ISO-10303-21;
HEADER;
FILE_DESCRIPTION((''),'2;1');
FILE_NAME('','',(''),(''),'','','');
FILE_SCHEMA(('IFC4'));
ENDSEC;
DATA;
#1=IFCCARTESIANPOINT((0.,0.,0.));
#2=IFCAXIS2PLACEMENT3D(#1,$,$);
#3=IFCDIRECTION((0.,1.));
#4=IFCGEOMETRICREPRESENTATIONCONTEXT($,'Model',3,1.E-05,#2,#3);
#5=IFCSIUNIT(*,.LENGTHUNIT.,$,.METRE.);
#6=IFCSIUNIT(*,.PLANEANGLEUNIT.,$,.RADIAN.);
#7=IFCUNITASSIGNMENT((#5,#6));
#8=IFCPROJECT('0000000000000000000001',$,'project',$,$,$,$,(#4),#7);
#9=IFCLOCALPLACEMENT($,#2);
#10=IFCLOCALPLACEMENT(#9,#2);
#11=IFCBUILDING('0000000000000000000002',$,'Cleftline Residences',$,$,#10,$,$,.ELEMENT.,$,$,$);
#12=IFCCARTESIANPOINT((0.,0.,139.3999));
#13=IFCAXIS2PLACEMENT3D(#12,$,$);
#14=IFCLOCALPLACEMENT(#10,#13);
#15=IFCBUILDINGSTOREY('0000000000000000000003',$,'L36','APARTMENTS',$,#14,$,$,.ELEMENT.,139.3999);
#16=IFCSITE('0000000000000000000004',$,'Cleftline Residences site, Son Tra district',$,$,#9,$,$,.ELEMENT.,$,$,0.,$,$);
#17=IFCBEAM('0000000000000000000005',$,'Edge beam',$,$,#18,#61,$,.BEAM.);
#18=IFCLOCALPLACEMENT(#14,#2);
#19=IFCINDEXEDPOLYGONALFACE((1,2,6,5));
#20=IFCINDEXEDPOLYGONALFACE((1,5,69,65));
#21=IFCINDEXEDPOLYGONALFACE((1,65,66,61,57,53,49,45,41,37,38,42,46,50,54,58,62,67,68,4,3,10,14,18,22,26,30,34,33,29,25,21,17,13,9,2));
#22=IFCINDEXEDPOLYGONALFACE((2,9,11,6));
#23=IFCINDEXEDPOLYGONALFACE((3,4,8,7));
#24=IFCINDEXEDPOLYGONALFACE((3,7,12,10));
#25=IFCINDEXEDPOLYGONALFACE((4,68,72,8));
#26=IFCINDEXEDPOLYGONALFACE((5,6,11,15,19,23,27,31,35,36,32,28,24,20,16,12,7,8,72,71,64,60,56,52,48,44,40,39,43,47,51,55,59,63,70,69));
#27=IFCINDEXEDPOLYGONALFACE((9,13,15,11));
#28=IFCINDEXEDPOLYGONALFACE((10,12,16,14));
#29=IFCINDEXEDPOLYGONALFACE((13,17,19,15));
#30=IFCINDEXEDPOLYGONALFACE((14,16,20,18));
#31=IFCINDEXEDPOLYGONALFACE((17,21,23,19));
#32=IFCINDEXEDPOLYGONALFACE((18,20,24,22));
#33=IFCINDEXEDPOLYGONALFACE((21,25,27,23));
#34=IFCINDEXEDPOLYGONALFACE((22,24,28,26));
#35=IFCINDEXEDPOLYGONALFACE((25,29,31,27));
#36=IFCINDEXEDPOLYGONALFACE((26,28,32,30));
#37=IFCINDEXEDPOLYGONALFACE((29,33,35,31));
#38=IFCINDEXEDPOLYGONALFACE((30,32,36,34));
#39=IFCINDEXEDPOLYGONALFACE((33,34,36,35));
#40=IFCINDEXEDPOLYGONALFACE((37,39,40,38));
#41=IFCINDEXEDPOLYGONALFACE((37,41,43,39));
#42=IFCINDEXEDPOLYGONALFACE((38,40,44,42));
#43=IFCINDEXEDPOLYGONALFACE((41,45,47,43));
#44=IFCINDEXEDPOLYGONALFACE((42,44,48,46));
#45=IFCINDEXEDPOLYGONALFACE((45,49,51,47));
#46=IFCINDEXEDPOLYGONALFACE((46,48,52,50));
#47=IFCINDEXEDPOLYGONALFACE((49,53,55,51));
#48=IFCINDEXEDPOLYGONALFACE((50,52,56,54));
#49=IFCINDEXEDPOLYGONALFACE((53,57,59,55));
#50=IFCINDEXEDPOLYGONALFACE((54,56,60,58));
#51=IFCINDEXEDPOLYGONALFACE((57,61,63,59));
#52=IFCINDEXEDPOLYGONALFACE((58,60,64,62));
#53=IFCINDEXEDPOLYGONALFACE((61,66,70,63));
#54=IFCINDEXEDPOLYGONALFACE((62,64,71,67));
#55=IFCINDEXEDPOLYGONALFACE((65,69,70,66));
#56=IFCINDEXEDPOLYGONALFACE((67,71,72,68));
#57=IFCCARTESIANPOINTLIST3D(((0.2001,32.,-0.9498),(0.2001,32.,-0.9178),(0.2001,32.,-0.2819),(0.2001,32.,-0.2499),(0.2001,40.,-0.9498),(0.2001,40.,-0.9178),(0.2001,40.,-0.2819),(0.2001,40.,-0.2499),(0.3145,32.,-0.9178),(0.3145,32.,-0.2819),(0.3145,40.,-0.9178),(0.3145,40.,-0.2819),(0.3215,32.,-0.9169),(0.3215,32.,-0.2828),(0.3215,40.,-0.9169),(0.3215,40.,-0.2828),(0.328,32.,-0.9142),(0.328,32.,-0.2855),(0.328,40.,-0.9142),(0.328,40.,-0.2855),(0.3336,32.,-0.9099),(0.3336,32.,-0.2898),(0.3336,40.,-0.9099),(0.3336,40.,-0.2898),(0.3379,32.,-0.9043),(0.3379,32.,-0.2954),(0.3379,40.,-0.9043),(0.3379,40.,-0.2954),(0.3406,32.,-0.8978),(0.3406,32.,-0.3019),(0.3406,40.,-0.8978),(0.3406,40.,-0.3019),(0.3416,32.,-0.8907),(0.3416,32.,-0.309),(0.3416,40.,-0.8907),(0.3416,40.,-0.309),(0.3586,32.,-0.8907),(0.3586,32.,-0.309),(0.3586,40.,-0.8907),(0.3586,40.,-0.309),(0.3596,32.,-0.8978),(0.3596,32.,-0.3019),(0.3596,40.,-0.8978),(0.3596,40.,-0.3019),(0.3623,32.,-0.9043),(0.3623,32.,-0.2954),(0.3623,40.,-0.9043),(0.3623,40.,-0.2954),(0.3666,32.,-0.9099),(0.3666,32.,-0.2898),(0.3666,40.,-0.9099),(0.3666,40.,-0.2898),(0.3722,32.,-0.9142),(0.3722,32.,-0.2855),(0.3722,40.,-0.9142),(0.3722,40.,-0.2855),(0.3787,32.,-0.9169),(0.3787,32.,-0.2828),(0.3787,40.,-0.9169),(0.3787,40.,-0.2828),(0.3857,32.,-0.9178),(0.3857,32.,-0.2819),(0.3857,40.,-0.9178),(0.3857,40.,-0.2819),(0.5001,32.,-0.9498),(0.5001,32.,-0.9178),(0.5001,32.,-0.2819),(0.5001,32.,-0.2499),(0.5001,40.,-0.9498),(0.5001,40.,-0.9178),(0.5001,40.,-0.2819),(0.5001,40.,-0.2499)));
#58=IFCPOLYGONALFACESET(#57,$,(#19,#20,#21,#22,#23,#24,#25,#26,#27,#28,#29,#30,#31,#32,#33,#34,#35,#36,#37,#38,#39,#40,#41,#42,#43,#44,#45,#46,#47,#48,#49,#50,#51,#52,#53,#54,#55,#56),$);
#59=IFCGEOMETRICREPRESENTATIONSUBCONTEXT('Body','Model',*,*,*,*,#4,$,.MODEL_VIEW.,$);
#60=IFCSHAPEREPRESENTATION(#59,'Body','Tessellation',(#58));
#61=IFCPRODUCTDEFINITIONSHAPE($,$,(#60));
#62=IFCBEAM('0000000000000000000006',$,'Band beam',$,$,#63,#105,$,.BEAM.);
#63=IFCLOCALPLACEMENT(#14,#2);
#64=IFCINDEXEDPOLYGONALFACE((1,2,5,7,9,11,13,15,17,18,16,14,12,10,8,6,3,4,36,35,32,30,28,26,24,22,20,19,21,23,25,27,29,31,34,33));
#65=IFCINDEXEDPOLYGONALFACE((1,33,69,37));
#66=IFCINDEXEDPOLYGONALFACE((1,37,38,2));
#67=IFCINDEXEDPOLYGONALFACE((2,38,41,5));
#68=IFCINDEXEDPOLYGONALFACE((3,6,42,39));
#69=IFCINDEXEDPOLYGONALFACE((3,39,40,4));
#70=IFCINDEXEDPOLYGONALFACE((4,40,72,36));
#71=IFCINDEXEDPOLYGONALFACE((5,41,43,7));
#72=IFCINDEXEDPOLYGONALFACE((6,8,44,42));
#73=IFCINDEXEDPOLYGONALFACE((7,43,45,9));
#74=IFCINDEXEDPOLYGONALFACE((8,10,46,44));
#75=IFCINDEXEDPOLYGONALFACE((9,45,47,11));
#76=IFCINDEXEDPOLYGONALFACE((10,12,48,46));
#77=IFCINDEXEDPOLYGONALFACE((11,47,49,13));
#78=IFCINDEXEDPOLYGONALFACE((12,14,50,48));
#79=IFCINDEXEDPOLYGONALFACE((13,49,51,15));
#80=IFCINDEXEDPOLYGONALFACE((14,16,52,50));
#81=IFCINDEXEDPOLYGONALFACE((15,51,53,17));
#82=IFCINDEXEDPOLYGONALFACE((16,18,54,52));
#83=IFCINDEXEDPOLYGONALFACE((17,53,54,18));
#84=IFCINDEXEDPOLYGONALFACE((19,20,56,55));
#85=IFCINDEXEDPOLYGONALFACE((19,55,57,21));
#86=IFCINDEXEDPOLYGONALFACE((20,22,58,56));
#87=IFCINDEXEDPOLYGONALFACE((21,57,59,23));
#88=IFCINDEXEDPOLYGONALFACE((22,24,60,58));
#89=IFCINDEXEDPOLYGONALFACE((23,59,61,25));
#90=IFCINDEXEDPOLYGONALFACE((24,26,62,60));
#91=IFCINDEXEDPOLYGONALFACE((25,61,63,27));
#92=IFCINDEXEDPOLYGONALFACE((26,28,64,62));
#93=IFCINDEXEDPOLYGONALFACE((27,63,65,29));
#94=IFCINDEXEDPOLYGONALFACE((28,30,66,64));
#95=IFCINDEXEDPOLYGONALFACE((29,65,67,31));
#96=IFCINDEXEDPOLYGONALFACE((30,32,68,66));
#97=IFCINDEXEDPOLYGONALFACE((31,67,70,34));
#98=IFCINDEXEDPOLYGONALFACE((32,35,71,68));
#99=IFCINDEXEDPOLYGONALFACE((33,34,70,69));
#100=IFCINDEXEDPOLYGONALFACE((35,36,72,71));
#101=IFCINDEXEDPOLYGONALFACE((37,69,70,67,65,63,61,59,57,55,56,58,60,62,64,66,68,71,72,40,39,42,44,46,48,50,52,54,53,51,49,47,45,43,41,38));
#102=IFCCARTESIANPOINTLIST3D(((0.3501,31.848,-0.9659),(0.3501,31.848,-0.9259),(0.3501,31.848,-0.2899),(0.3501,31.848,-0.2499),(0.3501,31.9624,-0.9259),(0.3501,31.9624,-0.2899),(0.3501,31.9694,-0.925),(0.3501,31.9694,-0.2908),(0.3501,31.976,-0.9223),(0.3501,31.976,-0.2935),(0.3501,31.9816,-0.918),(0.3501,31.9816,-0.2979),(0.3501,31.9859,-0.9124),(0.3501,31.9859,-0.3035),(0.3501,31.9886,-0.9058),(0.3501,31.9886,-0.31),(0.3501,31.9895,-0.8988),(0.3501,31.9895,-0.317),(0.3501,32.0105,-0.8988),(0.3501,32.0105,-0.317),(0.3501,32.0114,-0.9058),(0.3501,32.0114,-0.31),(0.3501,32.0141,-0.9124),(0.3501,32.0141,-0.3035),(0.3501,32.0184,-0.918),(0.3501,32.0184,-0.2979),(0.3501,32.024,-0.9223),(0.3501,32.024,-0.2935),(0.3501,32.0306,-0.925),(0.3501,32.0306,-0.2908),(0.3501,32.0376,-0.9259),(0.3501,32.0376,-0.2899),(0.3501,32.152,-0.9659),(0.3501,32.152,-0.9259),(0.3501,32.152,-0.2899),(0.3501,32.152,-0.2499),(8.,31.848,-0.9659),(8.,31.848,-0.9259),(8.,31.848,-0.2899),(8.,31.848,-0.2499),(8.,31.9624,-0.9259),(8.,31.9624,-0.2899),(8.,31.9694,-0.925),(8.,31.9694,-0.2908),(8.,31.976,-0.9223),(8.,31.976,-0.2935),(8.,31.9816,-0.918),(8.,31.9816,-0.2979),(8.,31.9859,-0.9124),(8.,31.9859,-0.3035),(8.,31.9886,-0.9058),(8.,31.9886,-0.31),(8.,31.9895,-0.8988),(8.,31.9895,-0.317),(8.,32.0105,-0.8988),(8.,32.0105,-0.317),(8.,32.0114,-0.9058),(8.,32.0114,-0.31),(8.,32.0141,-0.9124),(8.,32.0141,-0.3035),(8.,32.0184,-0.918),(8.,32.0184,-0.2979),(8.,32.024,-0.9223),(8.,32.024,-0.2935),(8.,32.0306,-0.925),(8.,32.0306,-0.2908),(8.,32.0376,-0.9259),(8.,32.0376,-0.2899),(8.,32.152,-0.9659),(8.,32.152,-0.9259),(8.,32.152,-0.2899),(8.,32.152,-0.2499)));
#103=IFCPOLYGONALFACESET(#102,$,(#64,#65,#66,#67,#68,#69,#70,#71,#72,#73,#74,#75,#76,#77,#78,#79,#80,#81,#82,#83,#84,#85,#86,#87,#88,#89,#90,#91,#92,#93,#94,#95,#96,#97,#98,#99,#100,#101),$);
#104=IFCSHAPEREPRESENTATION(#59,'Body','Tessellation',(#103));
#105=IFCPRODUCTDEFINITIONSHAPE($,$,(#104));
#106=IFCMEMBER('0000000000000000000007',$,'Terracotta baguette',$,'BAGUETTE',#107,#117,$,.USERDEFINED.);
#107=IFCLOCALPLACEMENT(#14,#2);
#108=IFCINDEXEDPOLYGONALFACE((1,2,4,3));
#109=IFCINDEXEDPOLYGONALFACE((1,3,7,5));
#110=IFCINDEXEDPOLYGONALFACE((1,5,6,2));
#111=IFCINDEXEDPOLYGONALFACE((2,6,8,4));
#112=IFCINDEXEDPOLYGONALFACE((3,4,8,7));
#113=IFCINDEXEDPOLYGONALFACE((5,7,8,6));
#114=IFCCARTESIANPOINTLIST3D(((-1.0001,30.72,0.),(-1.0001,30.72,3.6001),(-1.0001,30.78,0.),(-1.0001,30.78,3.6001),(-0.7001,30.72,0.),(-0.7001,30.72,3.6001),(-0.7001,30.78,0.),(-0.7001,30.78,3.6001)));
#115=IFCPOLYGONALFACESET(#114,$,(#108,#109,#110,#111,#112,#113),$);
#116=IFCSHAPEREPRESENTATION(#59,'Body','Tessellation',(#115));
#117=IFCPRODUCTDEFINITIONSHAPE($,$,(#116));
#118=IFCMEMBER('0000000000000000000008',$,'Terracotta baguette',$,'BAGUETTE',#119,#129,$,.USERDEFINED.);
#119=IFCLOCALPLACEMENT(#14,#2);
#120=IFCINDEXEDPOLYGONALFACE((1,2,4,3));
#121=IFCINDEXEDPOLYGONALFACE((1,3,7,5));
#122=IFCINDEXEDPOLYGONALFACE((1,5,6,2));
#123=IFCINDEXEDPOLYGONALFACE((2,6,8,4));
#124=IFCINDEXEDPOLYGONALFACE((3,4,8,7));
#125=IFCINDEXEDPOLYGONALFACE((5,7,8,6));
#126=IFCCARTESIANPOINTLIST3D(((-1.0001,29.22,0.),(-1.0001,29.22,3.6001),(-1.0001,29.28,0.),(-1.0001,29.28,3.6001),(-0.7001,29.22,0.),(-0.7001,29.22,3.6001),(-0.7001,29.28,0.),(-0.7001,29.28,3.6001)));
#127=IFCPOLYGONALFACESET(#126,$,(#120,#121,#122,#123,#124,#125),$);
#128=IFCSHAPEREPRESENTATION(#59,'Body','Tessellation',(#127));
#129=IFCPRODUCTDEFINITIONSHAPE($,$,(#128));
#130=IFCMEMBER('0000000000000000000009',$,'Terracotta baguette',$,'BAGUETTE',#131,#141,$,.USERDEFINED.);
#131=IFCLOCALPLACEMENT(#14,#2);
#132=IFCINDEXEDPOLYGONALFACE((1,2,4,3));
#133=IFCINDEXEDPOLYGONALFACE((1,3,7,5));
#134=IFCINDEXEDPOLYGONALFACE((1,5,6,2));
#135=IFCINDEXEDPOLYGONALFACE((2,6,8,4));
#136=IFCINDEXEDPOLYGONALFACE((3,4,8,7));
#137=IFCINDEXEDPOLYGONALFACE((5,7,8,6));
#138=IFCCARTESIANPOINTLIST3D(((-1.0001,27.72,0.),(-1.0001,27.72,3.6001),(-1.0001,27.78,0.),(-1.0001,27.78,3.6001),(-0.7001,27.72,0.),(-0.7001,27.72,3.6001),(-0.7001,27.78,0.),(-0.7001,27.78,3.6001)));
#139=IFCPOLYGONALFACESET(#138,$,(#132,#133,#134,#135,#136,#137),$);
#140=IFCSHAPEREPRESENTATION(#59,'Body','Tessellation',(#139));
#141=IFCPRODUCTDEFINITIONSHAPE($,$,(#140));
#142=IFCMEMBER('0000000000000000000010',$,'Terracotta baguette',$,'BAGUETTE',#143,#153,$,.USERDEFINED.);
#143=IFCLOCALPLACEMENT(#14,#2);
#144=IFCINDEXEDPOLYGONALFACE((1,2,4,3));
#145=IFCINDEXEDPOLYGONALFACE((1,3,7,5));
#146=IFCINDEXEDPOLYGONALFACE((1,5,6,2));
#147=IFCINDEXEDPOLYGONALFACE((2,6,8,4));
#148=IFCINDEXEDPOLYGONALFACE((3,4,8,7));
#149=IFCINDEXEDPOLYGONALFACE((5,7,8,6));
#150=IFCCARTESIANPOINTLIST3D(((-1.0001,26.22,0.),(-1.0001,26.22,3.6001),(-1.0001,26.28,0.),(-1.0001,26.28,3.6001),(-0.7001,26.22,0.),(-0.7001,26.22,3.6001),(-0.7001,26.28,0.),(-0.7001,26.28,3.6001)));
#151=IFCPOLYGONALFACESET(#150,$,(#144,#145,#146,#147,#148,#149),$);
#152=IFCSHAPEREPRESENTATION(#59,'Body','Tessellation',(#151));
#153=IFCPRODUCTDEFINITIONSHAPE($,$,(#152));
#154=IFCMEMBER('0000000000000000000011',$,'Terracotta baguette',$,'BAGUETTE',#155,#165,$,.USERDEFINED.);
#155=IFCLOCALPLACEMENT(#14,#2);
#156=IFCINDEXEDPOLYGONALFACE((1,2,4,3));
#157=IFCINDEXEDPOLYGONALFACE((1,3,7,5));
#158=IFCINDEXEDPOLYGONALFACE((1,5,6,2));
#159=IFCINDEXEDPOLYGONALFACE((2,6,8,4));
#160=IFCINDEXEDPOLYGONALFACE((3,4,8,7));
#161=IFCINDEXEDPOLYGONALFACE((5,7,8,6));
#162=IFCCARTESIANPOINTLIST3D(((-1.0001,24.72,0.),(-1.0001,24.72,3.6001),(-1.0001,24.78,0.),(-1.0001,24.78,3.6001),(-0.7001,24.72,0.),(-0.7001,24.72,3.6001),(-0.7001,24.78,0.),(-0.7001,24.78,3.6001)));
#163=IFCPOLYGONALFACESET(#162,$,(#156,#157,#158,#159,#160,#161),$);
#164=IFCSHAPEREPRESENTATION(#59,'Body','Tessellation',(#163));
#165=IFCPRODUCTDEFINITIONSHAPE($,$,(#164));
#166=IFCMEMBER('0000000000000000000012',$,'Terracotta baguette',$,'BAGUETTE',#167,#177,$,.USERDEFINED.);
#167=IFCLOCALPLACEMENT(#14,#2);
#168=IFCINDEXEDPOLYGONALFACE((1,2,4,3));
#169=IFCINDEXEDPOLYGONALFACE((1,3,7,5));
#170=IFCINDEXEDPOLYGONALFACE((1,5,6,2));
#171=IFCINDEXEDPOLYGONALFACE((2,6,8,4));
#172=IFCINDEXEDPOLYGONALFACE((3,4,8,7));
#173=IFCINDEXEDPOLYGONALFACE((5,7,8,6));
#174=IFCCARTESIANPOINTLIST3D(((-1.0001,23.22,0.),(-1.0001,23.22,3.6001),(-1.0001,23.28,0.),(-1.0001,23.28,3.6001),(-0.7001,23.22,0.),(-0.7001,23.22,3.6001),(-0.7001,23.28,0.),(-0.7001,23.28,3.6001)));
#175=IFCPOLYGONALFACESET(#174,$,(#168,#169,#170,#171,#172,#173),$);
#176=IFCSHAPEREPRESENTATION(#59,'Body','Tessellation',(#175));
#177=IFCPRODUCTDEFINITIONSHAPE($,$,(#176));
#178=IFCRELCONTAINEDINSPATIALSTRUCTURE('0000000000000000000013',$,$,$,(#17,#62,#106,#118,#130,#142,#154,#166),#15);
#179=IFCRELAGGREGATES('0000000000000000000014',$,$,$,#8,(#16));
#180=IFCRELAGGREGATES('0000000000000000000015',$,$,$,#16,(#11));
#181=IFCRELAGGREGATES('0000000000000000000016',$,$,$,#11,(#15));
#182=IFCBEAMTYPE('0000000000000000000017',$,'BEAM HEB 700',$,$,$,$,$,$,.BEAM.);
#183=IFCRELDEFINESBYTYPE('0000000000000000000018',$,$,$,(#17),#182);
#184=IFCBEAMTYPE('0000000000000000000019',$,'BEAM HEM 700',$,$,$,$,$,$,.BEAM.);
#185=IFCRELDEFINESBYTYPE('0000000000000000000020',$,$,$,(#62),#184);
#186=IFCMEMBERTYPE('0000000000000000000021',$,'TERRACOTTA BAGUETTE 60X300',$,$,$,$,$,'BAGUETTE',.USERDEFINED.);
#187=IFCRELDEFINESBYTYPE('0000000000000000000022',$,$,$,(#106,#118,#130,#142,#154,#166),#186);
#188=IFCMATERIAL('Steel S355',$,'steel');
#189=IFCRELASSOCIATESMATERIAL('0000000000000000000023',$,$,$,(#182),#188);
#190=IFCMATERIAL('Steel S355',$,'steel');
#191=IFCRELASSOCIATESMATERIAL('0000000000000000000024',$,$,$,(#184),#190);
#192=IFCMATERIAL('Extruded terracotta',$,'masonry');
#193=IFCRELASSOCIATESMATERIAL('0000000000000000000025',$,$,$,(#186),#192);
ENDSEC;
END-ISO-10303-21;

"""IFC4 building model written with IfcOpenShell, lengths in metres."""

from ifc_helpers import new_model, si_unit, direction, frame, origin, origin_2d, place, context, subcontext, project, spatial, rectangle, i_section, extrude, material, material_profile, profile_set, type_object, element, save


model = new_model("IFC4")

# Units and contexts
model_context = context("Model", 3, precision=1e-05, world=origin(), true_north=direction((0.0, 1.0)))
body_context = subcontext(model_context, "Body", "Model", "MODEL_VIEW")
ifc_project = project(units=[si_unit("LENGTHUNIT", "METRE"), si_unit("PLANEANGLEUNIT", "RADIAN")], contexts=[model_context])

# Site, building, storey
site_placement = place(None, origin())
site = spatial("IfcSite", under=ifc_project, at=site_placement, Name="Cleftline Residences site, Son Tra district", CompositionType="ELEMENT", RefElevation=0.0)
building_placement = place(site_placement, origin())
building = spatial("IfcBuilding", under=site, at=building_placement, Name="Cleftline Residences", CompositionType="ELEMENT")
storey_placement = place(building_placement, frame((0.0, 0.0, 139.3999)))
storey = spatial("IfcBuildingStorey", under=building, at=storey_placement, Name="L36", Description="APARTMENTS", CompositionType="ELEMENT", Elevation=139.3999)

# Beams
ifc_material_1 = material(Name="Steel S355", Category="steel")
ifc_material_profile_1 = material_profile(ifc_material_1, i_section(OverallWidth=0.3, OverallDepth=0.7, WebThickness=0.0171, FlangeThickness=0.032, FilletRadius=0.0271, at=origin_2d()))
ifc_profile_set_1 = profile_set([ifc_material_profile_1], Name="Steel S355")
beam_type_1 = type_object("IfcBeamType", Name="BEAM HEB 700", PredefinedType="BEAM", material=ifc_profile_set_1)
for number, where, z_axis, x_axis, name in (
    (1, (0.3501, 32.0, -0.5999), (0.0, 1.0, 0.0), (-1.0, 0.0, 0.0), "Edge beam"),
):
    element("IfcBeam", number, at=place(storey_placement, frame(where, z_axis=z_axis, x_axis=x_axis)), inside=storey, type_object=beam_type_1, Name=name, PredefinedType="BEAM", context=body_context, shape_type="SweptSolid", body=[
        extrude(i_section(OverallWidth=0.3, OverallDepth=0.7, WebThickness=0.0171, FlangeThickness=0.032, FilletRadius=0.0271, at=origin_2d()), origin(), (0.0, 0.0, 1.0), 8.0),
    ])
ifc_material_2 = material(Name="Steel S355", Category="steel")
ifc_material_profile_2 = material_profile(ifc_material_2, i_section(OverallWidth=0.304, OverallDepth=0.7161, WebThickness=0.021, FlangeThickness=0.04, FilletRadius=0.0271, at=origin_2d()))
ifc_profile_set_2 = profile_set([ifc_material_profile_2], Name="Steel S355")
beam_type_2 = type_object("IfcBeamType", Name="BEAM HEM 700", PredefinedType="BEAM", material=ifc_profile_set_2)
beam_placement = place(storey_placement, frame((0.3501, 32.0, -0.6079), z_axis=(1.0, 0.0, 0.0), x_axis=(0.0, 1.0, 0.0)))
element("IfcBeam", 2, at=beam_placement, inside=storey, type_object=beam_type_2, Name="Band beam", PredefinedType="BEAM", context=body_context, shape_type="SweptSolid", body=[
    extrude(i_section(OverallWidth=0.304, OverallDepth=0.7161, WebThickness=0.021, FlangeThickness=0.04, FilletRadius=0.0271, at=origin_2d()), origin(), (0.0, 0.0, 1.0), 7.6499),
])

# Members
ifc_material_3 = material(Name="Extruded terracotta", Category="masonry")
ifc_material_profile_3 = material_profile(ifc_material_3, rectangle(XDim=0.0601, YDim=0.3, at=origin_2d()))
ifc_profile_set_3 = profile_set([ifc_material_profile_3], Name="Extruded terracotta")
member_type_1 = type_object("IfcMemberType", Name="TERRACOTTA BAGUETTE 60X300", ElementType="BAGUETTE", PredefinedType="USERDEFINED", material=ifc_profile_set_3)
for number, where, z_axis, x_axis, name in (
    (3, (-0.8501, 30.75, 0.0), (0.0, 0.0, 1.0), (0.0, 1.0, 0.0), "Terracotta baguette"),
    (4, (-0.8501, 29.25, 0.0), (0.0, 0.0, 1.0), (0.0, 1.0, 0.0), "Terracotta baguette"),
    (5, (-0.8501, 27.75, 0.0), (0.0, 0.0, 1.0), (0.0, 1.0, 0.0), "Terracotta baguette"),
    (6, (-0.8501, 26.25, 0.0), (0.0, 0.0, 1.0), (0.0, 1.0, 0.0), "Terracotta baguette"),
    (7, (-0.8501, 24.75, 0.0), (0.0, 0.0, 1.0), (0.0, 1.0, 0.0), "Terracotta baguette"),
    (8, (-0.8501, 23.25, 0.0), (0.0, 0.0, 1.0), (0.0, 1.0, 0.0), "Terracotta baguette"),
):
    element("IfcMember", number, at=place(storey_placement, frame(where, z_axis=z_axis, x_axis=x_axis)), inside=storey, type_object=member_type_1, Name=name, ObjectType="BAGUETTE", PredefinedType="USERDEFINED", context=body_context, shape_type="SweptSolid", body=[
        extrude(rectangle(XDim=0.0601, YDim=0.3, at=origin_2d()), origin(), (0.0, 0.0, 1.0), 3.6001),
    ])

save(model, "model.ifc")
